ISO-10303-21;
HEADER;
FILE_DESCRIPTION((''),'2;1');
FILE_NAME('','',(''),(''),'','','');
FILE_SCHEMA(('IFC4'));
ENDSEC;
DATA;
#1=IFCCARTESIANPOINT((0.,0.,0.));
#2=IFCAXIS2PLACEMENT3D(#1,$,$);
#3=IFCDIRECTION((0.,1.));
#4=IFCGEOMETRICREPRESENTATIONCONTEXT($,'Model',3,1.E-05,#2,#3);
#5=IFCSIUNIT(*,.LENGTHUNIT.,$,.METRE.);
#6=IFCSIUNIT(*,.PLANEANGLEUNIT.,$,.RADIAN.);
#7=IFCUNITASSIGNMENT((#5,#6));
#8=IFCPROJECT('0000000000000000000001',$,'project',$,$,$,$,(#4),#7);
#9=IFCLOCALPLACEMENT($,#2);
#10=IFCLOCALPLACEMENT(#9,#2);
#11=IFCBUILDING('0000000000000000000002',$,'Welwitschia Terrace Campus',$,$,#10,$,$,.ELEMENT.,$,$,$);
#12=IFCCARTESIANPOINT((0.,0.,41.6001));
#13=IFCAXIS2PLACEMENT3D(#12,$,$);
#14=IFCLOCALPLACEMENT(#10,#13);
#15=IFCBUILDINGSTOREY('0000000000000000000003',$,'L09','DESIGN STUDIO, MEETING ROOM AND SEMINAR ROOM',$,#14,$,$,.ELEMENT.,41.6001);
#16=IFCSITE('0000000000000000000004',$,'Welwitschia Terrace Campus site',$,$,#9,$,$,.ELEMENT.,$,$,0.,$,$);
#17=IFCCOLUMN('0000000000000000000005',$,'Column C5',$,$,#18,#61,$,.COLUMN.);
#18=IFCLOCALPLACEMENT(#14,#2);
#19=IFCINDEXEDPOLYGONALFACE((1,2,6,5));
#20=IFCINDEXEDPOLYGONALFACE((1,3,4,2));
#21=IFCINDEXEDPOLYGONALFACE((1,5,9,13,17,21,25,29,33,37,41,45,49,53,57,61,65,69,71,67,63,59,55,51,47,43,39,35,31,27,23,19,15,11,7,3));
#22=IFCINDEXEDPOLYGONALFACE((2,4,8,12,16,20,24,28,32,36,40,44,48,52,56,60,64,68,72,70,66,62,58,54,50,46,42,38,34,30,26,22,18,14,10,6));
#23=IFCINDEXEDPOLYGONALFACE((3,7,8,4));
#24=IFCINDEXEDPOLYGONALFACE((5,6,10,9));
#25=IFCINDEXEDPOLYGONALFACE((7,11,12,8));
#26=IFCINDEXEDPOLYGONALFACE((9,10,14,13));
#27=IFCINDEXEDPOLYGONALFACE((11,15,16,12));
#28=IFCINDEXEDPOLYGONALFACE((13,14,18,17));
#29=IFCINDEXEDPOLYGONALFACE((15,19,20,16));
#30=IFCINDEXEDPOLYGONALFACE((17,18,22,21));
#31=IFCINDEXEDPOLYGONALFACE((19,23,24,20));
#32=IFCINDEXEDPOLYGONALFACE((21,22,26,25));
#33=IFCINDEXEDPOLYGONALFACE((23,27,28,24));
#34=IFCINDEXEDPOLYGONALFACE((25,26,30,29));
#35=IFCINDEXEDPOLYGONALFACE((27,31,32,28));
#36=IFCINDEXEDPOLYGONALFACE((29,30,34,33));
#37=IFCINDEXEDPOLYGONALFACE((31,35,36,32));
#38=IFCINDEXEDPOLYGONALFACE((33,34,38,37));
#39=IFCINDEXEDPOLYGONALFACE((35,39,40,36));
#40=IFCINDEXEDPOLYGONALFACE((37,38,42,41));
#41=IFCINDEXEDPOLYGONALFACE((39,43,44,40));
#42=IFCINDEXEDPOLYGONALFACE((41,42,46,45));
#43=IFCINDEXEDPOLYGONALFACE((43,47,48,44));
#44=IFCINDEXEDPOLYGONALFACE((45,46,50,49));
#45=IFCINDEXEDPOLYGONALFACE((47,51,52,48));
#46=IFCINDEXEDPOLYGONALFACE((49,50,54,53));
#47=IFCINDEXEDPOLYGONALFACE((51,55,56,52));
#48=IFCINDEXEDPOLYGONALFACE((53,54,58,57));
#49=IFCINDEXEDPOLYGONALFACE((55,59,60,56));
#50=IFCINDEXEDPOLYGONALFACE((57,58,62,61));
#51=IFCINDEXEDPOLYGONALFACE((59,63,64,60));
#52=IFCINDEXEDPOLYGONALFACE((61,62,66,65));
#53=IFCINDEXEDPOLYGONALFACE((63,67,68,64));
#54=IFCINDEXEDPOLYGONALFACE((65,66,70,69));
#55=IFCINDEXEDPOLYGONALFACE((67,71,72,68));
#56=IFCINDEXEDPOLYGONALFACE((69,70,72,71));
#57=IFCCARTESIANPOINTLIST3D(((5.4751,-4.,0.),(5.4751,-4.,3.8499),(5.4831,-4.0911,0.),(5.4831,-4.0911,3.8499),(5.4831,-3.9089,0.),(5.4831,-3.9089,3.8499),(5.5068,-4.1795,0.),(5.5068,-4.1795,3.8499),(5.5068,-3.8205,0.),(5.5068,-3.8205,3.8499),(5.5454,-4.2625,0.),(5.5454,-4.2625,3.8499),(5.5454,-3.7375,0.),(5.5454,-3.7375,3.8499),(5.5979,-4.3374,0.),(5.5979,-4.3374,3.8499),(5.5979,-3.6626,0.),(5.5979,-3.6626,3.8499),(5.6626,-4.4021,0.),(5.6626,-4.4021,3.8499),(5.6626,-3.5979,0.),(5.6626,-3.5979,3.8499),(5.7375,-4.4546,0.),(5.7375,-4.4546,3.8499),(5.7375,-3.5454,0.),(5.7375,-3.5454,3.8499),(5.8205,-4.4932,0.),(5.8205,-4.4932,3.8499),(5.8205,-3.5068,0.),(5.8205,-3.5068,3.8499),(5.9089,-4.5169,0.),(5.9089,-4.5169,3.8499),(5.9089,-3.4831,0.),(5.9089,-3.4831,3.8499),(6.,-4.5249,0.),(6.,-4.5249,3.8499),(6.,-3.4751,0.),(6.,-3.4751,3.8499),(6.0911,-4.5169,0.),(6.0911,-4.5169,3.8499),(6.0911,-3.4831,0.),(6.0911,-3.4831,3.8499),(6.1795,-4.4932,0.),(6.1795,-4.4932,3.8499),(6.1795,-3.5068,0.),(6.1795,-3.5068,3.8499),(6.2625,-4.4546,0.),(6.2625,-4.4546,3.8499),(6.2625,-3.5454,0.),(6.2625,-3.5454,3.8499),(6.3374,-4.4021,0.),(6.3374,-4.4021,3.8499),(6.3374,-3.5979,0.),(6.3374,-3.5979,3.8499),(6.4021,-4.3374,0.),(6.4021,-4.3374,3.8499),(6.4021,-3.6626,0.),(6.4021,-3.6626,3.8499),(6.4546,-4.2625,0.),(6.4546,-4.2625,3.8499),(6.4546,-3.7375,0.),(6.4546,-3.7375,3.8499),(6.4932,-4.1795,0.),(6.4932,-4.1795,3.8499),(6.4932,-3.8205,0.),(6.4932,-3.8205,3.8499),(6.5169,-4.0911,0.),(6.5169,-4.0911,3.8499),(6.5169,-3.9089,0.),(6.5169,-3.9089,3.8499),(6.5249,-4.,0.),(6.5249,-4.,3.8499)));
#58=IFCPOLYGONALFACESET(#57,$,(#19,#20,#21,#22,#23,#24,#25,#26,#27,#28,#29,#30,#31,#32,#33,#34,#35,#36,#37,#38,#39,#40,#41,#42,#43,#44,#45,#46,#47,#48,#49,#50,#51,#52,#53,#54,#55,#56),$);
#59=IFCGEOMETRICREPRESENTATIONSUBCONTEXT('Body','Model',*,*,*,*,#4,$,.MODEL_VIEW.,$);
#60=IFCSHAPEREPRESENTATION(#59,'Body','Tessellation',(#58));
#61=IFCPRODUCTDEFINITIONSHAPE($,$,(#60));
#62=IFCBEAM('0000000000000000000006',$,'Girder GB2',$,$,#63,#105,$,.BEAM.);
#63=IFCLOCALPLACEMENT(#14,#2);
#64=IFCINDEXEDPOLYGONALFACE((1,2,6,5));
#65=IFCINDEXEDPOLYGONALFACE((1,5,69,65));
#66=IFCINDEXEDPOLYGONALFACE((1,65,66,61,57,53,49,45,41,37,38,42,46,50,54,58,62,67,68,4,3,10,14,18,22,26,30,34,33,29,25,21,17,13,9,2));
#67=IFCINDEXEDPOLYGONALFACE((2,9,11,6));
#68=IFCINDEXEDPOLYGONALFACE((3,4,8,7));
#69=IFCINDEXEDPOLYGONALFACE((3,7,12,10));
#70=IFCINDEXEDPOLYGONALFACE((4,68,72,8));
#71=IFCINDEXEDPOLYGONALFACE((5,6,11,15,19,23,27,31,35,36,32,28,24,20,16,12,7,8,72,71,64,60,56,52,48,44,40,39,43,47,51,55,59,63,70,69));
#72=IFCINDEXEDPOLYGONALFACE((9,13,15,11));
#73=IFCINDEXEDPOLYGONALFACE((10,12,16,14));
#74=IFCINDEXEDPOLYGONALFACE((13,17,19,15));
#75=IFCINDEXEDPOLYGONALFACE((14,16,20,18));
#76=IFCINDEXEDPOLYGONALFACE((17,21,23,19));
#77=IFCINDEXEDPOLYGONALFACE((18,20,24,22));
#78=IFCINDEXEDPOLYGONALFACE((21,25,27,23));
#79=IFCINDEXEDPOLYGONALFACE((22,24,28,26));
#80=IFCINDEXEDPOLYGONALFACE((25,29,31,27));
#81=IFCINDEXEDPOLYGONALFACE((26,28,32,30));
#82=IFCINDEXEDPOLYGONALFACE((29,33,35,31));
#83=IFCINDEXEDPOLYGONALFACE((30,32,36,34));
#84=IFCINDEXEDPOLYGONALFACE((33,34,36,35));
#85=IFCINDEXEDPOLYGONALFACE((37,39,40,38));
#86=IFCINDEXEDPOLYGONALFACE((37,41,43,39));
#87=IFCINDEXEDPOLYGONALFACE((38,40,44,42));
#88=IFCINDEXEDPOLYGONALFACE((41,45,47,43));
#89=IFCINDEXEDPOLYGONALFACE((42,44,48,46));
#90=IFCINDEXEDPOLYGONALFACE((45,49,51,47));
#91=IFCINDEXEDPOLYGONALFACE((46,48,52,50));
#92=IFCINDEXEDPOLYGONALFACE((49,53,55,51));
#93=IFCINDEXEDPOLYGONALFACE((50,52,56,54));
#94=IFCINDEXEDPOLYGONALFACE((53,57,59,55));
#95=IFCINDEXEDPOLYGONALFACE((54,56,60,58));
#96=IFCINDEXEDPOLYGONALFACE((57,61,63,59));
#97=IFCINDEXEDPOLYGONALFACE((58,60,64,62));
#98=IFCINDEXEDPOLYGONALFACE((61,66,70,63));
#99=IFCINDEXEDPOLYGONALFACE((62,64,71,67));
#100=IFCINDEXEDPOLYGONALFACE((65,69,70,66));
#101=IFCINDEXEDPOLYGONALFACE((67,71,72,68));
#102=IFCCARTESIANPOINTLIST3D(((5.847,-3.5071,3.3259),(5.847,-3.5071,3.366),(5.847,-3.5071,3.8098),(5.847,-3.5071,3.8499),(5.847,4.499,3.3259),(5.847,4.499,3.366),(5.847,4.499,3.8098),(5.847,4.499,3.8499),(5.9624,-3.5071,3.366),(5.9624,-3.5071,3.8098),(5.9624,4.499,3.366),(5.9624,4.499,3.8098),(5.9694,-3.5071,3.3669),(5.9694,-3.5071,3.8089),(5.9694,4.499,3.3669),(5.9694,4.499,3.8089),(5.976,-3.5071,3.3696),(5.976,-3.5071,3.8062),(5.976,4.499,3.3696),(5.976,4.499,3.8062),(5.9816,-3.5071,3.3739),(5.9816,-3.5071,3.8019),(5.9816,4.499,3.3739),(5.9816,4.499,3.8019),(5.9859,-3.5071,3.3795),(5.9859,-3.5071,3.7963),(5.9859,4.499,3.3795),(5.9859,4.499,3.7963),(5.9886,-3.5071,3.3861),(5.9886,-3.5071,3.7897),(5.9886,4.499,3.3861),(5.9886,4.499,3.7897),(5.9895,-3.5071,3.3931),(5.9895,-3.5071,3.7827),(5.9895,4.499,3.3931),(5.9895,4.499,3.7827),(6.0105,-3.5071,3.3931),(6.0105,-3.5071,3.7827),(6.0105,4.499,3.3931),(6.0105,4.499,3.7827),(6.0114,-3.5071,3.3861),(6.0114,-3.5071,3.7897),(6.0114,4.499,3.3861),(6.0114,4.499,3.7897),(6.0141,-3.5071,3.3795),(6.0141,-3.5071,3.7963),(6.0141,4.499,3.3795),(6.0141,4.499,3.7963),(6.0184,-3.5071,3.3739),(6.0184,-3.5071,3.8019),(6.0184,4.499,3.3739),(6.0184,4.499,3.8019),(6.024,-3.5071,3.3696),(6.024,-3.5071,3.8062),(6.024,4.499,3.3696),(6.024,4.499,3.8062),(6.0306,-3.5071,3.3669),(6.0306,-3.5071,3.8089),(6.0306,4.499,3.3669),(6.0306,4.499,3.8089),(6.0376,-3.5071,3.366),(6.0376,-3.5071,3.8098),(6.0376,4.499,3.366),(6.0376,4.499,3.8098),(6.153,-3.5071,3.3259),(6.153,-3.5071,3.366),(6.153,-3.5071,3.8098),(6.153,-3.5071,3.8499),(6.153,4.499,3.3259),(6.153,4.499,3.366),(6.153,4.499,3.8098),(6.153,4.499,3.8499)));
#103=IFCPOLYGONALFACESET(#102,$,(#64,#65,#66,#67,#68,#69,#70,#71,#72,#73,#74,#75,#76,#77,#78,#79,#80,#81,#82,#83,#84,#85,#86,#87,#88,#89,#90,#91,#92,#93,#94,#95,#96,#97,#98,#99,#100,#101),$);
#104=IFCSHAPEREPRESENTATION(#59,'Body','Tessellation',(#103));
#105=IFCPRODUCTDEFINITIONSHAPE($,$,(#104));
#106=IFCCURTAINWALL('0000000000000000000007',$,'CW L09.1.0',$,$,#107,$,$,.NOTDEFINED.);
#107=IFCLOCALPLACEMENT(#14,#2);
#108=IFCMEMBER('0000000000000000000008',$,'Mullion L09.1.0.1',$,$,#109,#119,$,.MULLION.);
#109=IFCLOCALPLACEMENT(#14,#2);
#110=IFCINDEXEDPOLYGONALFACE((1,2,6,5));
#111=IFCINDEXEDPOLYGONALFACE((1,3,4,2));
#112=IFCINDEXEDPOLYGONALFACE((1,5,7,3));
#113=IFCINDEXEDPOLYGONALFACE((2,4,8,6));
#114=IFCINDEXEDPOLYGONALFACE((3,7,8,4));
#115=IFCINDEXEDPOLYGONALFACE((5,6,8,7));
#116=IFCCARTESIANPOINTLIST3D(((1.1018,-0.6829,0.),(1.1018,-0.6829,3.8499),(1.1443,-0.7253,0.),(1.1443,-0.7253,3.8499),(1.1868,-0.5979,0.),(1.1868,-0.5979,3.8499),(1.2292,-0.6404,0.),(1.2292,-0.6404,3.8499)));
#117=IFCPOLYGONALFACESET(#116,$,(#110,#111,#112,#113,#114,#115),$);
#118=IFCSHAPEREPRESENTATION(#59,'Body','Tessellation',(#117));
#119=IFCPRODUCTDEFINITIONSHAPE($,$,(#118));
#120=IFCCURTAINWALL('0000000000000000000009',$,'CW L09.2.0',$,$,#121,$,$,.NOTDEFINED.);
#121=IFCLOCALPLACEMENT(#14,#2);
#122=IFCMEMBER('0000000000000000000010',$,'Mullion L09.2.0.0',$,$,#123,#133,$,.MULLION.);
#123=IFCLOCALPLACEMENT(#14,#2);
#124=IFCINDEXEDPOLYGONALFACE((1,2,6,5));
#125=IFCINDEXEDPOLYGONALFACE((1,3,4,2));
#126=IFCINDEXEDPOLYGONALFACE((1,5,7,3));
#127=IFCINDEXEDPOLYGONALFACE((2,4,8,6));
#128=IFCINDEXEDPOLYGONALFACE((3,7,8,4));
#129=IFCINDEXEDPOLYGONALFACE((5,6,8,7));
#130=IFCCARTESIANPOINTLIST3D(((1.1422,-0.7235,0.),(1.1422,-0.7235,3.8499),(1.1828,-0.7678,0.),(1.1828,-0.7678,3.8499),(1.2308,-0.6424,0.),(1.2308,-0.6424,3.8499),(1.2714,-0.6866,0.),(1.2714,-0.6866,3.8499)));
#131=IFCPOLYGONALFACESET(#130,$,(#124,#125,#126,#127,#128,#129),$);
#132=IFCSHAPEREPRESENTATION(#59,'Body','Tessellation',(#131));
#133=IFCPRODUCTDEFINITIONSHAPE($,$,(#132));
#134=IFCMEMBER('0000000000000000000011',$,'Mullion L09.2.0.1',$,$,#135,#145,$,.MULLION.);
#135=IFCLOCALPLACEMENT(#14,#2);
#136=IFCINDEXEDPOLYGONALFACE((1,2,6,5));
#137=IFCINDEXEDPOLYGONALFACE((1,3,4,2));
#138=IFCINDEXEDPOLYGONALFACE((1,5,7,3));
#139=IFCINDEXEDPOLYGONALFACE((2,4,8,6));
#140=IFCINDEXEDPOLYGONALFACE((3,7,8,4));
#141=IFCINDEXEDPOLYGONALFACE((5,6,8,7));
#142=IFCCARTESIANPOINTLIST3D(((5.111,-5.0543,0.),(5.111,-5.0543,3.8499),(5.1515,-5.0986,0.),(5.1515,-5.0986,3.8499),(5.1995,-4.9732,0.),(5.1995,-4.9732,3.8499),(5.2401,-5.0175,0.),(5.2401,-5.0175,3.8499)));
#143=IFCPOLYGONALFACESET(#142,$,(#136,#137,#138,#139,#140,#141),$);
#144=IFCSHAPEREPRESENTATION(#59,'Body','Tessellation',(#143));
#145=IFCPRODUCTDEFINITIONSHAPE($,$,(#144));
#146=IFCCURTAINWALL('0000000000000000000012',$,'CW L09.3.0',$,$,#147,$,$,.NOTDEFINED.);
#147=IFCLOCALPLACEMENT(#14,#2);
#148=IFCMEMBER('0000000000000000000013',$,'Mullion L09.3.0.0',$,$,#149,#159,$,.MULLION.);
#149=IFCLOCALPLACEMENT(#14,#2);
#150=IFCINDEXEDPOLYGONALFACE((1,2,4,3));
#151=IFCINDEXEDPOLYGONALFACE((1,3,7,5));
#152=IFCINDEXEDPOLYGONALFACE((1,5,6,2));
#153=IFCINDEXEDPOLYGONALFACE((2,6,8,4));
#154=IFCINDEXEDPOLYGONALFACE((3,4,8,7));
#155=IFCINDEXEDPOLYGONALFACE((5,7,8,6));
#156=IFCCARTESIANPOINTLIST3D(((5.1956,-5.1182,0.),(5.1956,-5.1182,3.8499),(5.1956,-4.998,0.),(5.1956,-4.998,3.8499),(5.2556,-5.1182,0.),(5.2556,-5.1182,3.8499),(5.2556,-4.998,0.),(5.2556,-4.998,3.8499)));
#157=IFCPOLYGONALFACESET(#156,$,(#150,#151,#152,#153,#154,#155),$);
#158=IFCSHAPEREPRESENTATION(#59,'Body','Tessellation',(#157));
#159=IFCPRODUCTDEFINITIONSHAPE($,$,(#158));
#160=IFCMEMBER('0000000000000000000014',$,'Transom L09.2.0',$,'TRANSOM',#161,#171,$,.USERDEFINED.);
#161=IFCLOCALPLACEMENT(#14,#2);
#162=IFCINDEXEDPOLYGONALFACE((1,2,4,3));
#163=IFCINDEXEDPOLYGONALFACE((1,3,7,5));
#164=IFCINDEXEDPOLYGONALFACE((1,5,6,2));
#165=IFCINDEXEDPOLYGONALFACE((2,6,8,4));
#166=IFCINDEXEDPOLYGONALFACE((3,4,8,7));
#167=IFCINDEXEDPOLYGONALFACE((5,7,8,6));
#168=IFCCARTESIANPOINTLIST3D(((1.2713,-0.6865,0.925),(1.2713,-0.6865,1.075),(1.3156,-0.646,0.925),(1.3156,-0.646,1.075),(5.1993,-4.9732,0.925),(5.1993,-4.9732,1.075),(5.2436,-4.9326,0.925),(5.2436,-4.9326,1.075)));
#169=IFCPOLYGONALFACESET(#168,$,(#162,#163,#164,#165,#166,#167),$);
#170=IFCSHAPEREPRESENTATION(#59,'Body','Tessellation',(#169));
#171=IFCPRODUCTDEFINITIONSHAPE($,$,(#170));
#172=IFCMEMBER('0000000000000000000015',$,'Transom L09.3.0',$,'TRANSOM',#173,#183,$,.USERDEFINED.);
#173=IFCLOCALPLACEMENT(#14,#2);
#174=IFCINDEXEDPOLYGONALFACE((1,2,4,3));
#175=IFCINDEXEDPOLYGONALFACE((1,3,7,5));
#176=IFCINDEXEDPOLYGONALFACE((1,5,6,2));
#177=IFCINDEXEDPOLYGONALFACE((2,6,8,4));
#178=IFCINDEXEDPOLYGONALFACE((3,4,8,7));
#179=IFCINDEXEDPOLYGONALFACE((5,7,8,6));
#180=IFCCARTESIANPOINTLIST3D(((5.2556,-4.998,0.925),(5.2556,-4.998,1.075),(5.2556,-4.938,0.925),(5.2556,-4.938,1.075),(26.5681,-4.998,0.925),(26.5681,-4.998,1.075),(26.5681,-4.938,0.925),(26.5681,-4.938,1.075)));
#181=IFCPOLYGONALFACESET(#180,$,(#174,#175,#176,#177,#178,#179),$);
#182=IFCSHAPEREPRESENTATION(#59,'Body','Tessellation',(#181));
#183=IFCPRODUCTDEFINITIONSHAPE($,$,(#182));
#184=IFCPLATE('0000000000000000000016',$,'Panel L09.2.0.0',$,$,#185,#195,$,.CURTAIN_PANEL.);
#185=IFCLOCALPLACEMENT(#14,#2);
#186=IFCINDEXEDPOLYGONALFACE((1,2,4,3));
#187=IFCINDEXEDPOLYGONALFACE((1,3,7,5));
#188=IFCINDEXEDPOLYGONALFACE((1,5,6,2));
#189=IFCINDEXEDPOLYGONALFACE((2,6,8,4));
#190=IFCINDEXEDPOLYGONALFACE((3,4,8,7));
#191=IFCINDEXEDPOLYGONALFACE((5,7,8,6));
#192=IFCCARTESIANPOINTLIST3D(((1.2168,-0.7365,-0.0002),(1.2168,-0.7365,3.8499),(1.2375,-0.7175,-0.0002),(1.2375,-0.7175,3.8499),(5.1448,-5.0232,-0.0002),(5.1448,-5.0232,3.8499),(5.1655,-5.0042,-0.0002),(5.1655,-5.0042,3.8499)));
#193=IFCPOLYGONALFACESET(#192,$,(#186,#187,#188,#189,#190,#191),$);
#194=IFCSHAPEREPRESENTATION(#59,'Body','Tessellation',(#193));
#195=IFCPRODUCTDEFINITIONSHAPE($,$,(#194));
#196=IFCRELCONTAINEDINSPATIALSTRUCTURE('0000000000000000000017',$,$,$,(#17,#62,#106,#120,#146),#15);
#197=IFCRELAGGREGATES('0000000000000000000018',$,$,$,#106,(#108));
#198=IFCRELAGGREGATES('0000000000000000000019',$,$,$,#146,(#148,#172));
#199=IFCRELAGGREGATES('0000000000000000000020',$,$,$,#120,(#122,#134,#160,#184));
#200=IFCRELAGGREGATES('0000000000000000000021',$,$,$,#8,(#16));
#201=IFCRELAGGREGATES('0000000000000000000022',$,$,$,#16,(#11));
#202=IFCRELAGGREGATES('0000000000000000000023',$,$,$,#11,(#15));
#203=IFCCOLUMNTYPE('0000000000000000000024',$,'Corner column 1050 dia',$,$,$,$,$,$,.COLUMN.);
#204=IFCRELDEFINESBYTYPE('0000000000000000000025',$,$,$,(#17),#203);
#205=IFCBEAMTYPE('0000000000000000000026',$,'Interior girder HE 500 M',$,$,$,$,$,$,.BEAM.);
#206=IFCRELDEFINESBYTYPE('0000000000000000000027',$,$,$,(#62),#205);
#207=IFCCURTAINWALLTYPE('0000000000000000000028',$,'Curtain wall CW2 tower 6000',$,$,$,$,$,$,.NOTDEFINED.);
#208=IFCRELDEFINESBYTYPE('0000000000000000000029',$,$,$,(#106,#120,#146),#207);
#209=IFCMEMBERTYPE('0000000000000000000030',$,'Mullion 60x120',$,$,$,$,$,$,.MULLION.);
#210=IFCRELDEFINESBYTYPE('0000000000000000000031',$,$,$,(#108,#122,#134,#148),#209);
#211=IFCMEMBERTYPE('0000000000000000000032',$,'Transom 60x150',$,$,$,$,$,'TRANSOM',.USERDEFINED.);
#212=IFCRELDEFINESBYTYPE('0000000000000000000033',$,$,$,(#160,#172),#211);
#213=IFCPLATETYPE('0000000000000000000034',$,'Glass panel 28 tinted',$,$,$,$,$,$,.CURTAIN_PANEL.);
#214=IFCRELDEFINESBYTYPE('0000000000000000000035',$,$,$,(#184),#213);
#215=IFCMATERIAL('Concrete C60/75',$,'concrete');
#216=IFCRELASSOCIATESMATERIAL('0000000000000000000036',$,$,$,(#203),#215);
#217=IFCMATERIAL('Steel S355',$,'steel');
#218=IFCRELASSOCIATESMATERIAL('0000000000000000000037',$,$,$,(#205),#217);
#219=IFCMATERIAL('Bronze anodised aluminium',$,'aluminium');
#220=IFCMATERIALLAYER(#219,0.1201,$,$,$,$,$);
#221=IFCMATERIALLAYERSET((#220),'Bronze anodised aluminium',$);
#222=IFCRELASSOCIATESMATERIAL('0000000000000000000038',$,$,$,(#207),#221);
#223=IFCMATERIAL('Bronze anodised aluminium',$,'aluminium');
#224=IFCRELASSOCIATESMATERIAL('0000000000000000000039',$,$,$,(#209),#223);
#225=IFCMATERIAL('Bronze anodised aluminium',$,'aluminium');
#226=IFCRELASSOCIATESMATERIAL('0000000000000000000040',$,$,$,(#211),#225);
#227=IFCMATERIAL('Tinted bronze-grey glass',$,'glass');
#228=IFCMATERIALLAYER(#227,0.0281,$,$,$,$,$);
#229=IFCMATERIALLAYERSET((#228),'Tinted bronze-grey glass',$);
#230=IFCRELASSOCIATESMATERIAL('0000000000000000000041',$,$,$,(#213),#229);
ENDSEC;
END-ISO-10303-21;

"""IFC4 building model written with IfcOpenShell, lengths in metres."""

from ifc_helpers import new_model, si_unit, direction, frame, origin, origin_2d, place, context, subcontext, project, spatial, rectangle, circle, i_section, extrude, material, layer, layer_set, material_profile, profile_set, type_object, element, aggregate, save


model = new_model("IFC4")

# Units and contexts
model_context = context("Model", 3, precision=1e-05, world=origin(), true_north=direction((0.0, 1.0)))
body_context = subcontext(model_context, "Body", "Model", "MODEL_VIEW")
ifc_project = project(units=[si_unit("LENGTHUNIT", "METRE"), si_unit("PLANEANGLEUNIT", "RADIAN")], contexts=[model_context])

# Site, building, storey
site_placement = place(None, origin())
site = spatial("IfcSite", under=ifc_project, at=site_placement, Name="Welwitschia Terrace Campus site", CompositionType="ELEMENT", RefElevation=0.0)
building_placement = place(site_placement, origin())
building = spatial("IfcBuilding", under=site, at=building_placement, Name="Welwitschia Terrace Campus", CompositionType="ELEMENT")
storey_placement = place(building_placement, frame((0.0, 0.0, 41.6001)))
storey = spatial("IfcBuildingStorey", under=building, at=storey_placement, Name="L09", Description="DESIGN STUDIO, MEETING ROOM AND SEMINAR ROOM", CompositionType="ELEMENT", Elevation=41.6001)

# Column
ifc_material_1 = material(Name="Concrete C60/75", Category="concrete")
ifc_material_profile_1 = material_profile(ifc_material_1, circle(Radius=0.5249, at=origin_2d()))
ifc_profile_set_1 = profile_set([ifc_material_profile_1], Name="Concrete C60/75")
column_type = type_object("IfcColumnType", Name="Corner column 1050 dia", PredefinedType="COLUMN", material=ifc_profile_set_1)
column_placement = place(storey_placement, frame((6.0, -4.0, 0.0), z_axis=(0.0, 0.0, 1.0), x_axis=(1.0, 0.0, 0.0)))
element("IfcColumn", 1, at=column_placement, inside=storey, type_object=column_type, Name="Column C5", PredefinedType="COLUMN", context=body_context, shape_type="SweptSolid", body=[
    extrude(circle(Radius=0.5249, at=origin_2d()), origin(), (0.0, 0.0, 1.0), 3.8499),
])

# Beam
ifc_material_2 = material(Name="Steel S355", Category="steel")
ifc_material_profile_2 = material_profile(ifc_material_2, i_section(OverallWidth=0.3059, OverallDepth=0.5239, WebThickness=0.021, FlangeThickness=0.04, FilletRadius=0.0271, at=origin_2d()))
ifc_profile_set_2 = profile_set([ifc_material_profile_2], Name="Steel S355")
beam_type = type_object("IfcBeamType", Name="Interior girder HE 500 M", PredefinedType="BEAM", material=ifc_profile_set_2)
beam_placement = place(storey_placement, frame((6.0, -3.5071, 3.5879), z_axis=(0.0, 1.0, 0.0), x_axis=(-1.0, 0.0, 0.0)))
element("IfcBeam", 2, at=beam_placement, inside=storey, type_object=beam_type, Name="Girder GB2", PredefinedType="BEAM", context=body_context, shape_type="SweptSolid", body=[
    extrude(i_section(OverallWidth=0.3059, OverallDepth=0.5239, WebThickness=0.021, FlangeThickness=0.04, FilletRadius=0.0271, at=origin_2d()), origin(), (0.0, 0.0, 1.0), 8.0061),
])

# Curtain wall, member
ifc_material_3 = material(Name="Bronze anodised aluminium", Category="aluminium")
ifc_layer_1 = layer(ifc_material_3, 0.1201)
ifc_layer_set_1 = layer_set([ifc_layer_1], Name="Bronze anodised aluminium")
curtain_wall_type = type_object("IfcCurtainWallType", Name="Curtain wall CW2 tower 6000", PredefinedType="NOTDEFINED", material=ifc_layer_set_1)
curtain_wall_1_placement = place(storey_placement, origin())
curtain_wall_1 = element("IfcCurtainWall", 3, at=curtain_wall_1_placement, inside=storey, type_object=curtain_wall_type, Name="CW L09.1.0", PredefinedType="NOTDEFINED")
ifc_material_4 = material(Name="Bronze anodised aluminium", Category="aluminium")
ifc_material_profile_3 = material_profile(ifc_material_4, rectangle(XDim=0.1201, YDim=0.0601, at=origin_2d()))
ifc_profile_set_3 = profile_set([ifc_material_profile_3], Name="Bronze anodised aluminium")
member_type_1 = type_object("IfcMemberType", Name="Mullion 60x120", PredefinedType="MULLION", material=ifc_profile_set_3)
member_1_placement = place(storey_placement, frame((1.1655, -0.6616, 0.0), z_axis=(0.0, 0.0, 1.0), x_axis=(0.707107, 0.707107, 0.0)))
member_1 = element("IfcMember", 4, at=member_1_placement, type_object=member_type_1, Name="Mullion L09.1.0.1", PredefinedType="MULLION", context=body_context, shape_type="SweptSolid", body=[
    extrude(rectangle(XDim=0.1201, YDim=0.0601, at=origin_2d()), origin(), (0.0, 0.0, 1.0), 3.8499),
])
aggregate(curtain_wall_1, [member_1])

# Curtain wall, members
curtain_wall_2_placement = place(storey_placement, origin())
curtain_wall_2 = element("IfcCurtainWall", 5, at=curtain_wall_2_placement, inside=storey, type_object=curtain_wall_type, Name="CW L09.2.0", PredefinedType="NOTDEFINED")
member_2_placement = place(storey_placement, frame((1.2068, -0.7051, 0.0), z_axis=(0.0, 0.0, 1.0), x_axis=(0.737277, 0.67559, 0.0)))
member_2 = element("IfcMember", 6, at=member_2_placement, type_object=member_type_1, Name="Mullion L09.2.0.0", PredefinedType="MULLION", context=body_context, shape_type="SweptSolid", body=[
    extrude(rectangle(XDim=0.1201, YDim=0.0601, at=origin_2d()), origin(), (0.0, 0.0, 1.0), 3.8499),
])
member_3_placement = place(storey_placement, frame((5.1755, -5.0359, 0.0), z_axis=(0.0, 0.0, 1.0), x_axis=(0.737277, 0.67559, 0.0)))
member_3 = element("IfcMember", 7, at=member_3_placement, type_object=member_type_1, Name="Mullion L09.2.0.1", PredefinedType="MULLION", context=body_context, shape_type="SweptSolid", body=[
    extrude(rectangle(XDim=0.1201, YDim=0.0601, at=origin_2d()), origin(), (0.0, 0.0, 1.0), 3.8499),
])

# Curtain wall, member
curtain_wall_3_placement = place(storey_placement, origin())
curtain_wall_3 = element("IfcCurtainWall", 8, at=curtain_wall_3_placement, inside=storey, type_object=curtain_wall_type, Name="CW L09.3.0", PredefinedType="NOTDEFINED")
member_4_placement = place(storey_placement, frame((5.2256, -5.0581, 0.0), z_axis=(0.0, 0.0, 1.0), x_axis=(0.0, 1.0, 0.0)))
member_4 = element("IfcMember", 9, at=member_4_placement, type_object=member_type_1, Name="Mullion L09.3.0.0", PredefinedType="MULLION", context=body_context, shape_type="SweptSolid", body=[
    extrude(rectangle(XDim=0.1201, YDim=0.0601, at=origin_2d()), origin(), (0.0, 0.0, 1.0), 3.8499),
])

# Members
ifc_material_5 = material(Name="Bronze anodised aluminium", Category="aluminium")
ifc_material_profile_4 = material_profile(ifc_material_5, rectangle(XDim=0.0601, YDim=0.1499, at=origin_2d()))
ifc_profile_set_4 = profile_set([ifc_material_profile_4], Name="Bronze anodised aluminium")
member_type_2 = type_object("IfcMemberType", Name="Transom 60x150", ElementType="TRANSOM", PredefinedType="USERDEFINED", material=ifc_profile_set_4)
member_5_placement = place(storey_placement, frame((1.2935, -0.6663, 1.0), z_axis=(0.675592, -0.737276, 0.0), x_axis=(0.737276, 0.675592, 0.0)))
member_5 = element("IfcMember", 10, at=member_5_placement, type_object=member_type_2, Name="Transom L09.2.0", ObjectType="TRANSOM", PredefinedType="USERDEFINED", context=body_context, shape_type="SweptSolid", body=[
    extrude(rectangle(XDim=0.0601, YDim=0.1499, at=origin_2d()), origin(), (0.0, 0.0, 1.0), 5.8142),
])
member_6_placement = place(storey_placement, frame((5.2556, -4.968, 1.0), z_axis=(1.0, 0.0, 0.0), x_axis=(0.0, 1.0, 0.0)))
member_6 = element("IfcMember", 11, at=member_6_placement, type_object=member_type_2, Name="Transom L09.3.0", ObjectType="TRANSOM", PredefinedType="USERDEFINED", context=body_context, shape_type="SweptSolid", body=[
    extrude(rectangle(XDim=0.0601, YDim=0.1499, at=origin_2d()), origin(), (0.0, 0.0, 1.0), 21.3125),
])
aggregate(curtain_wall_3, [member_4, member_6])

# Plate
ifc_material_6 = material(Name="Tinted bronze-grey glass", Category="glass")
ifc_layer_2 = layer(ifc_material_6, 0.0281)
ifc_layer_set_2 = layer_set([ifc_layer_2], Name="Tinted bronze-grey glass")
plate_type = type_object("IfcPlateType", Name="Glass panel 28 tinted", PredefinedType="CURTAIN_PANEL", material=ifc_layer_set_2)
plate_placement = place(storey_placement, frame((3.1912, -2.8704, -0.0002), z_axis=(0.0, 0.0, 1.0), x_axis=(0.67559, -0.737277, 0.0)))
plate = element("IfcPlate", 12, at=plate_placement, type_object=plate_type, Name="Panel L09.2.0.0", PredefinedType="CURTAIN_PANEL", context=body_context, shape_type="SweptSolid", body=[
    extrude(rectangle(XDim=5.8142, YDim=0.0281, at=origin_2d()), origin(), (0.0, 0.0, 1.0), 3.8501),
])
aggregate(curtain_wall_2, [member_2, member_3, member_5, plate])

save(model, "model.ifc")
